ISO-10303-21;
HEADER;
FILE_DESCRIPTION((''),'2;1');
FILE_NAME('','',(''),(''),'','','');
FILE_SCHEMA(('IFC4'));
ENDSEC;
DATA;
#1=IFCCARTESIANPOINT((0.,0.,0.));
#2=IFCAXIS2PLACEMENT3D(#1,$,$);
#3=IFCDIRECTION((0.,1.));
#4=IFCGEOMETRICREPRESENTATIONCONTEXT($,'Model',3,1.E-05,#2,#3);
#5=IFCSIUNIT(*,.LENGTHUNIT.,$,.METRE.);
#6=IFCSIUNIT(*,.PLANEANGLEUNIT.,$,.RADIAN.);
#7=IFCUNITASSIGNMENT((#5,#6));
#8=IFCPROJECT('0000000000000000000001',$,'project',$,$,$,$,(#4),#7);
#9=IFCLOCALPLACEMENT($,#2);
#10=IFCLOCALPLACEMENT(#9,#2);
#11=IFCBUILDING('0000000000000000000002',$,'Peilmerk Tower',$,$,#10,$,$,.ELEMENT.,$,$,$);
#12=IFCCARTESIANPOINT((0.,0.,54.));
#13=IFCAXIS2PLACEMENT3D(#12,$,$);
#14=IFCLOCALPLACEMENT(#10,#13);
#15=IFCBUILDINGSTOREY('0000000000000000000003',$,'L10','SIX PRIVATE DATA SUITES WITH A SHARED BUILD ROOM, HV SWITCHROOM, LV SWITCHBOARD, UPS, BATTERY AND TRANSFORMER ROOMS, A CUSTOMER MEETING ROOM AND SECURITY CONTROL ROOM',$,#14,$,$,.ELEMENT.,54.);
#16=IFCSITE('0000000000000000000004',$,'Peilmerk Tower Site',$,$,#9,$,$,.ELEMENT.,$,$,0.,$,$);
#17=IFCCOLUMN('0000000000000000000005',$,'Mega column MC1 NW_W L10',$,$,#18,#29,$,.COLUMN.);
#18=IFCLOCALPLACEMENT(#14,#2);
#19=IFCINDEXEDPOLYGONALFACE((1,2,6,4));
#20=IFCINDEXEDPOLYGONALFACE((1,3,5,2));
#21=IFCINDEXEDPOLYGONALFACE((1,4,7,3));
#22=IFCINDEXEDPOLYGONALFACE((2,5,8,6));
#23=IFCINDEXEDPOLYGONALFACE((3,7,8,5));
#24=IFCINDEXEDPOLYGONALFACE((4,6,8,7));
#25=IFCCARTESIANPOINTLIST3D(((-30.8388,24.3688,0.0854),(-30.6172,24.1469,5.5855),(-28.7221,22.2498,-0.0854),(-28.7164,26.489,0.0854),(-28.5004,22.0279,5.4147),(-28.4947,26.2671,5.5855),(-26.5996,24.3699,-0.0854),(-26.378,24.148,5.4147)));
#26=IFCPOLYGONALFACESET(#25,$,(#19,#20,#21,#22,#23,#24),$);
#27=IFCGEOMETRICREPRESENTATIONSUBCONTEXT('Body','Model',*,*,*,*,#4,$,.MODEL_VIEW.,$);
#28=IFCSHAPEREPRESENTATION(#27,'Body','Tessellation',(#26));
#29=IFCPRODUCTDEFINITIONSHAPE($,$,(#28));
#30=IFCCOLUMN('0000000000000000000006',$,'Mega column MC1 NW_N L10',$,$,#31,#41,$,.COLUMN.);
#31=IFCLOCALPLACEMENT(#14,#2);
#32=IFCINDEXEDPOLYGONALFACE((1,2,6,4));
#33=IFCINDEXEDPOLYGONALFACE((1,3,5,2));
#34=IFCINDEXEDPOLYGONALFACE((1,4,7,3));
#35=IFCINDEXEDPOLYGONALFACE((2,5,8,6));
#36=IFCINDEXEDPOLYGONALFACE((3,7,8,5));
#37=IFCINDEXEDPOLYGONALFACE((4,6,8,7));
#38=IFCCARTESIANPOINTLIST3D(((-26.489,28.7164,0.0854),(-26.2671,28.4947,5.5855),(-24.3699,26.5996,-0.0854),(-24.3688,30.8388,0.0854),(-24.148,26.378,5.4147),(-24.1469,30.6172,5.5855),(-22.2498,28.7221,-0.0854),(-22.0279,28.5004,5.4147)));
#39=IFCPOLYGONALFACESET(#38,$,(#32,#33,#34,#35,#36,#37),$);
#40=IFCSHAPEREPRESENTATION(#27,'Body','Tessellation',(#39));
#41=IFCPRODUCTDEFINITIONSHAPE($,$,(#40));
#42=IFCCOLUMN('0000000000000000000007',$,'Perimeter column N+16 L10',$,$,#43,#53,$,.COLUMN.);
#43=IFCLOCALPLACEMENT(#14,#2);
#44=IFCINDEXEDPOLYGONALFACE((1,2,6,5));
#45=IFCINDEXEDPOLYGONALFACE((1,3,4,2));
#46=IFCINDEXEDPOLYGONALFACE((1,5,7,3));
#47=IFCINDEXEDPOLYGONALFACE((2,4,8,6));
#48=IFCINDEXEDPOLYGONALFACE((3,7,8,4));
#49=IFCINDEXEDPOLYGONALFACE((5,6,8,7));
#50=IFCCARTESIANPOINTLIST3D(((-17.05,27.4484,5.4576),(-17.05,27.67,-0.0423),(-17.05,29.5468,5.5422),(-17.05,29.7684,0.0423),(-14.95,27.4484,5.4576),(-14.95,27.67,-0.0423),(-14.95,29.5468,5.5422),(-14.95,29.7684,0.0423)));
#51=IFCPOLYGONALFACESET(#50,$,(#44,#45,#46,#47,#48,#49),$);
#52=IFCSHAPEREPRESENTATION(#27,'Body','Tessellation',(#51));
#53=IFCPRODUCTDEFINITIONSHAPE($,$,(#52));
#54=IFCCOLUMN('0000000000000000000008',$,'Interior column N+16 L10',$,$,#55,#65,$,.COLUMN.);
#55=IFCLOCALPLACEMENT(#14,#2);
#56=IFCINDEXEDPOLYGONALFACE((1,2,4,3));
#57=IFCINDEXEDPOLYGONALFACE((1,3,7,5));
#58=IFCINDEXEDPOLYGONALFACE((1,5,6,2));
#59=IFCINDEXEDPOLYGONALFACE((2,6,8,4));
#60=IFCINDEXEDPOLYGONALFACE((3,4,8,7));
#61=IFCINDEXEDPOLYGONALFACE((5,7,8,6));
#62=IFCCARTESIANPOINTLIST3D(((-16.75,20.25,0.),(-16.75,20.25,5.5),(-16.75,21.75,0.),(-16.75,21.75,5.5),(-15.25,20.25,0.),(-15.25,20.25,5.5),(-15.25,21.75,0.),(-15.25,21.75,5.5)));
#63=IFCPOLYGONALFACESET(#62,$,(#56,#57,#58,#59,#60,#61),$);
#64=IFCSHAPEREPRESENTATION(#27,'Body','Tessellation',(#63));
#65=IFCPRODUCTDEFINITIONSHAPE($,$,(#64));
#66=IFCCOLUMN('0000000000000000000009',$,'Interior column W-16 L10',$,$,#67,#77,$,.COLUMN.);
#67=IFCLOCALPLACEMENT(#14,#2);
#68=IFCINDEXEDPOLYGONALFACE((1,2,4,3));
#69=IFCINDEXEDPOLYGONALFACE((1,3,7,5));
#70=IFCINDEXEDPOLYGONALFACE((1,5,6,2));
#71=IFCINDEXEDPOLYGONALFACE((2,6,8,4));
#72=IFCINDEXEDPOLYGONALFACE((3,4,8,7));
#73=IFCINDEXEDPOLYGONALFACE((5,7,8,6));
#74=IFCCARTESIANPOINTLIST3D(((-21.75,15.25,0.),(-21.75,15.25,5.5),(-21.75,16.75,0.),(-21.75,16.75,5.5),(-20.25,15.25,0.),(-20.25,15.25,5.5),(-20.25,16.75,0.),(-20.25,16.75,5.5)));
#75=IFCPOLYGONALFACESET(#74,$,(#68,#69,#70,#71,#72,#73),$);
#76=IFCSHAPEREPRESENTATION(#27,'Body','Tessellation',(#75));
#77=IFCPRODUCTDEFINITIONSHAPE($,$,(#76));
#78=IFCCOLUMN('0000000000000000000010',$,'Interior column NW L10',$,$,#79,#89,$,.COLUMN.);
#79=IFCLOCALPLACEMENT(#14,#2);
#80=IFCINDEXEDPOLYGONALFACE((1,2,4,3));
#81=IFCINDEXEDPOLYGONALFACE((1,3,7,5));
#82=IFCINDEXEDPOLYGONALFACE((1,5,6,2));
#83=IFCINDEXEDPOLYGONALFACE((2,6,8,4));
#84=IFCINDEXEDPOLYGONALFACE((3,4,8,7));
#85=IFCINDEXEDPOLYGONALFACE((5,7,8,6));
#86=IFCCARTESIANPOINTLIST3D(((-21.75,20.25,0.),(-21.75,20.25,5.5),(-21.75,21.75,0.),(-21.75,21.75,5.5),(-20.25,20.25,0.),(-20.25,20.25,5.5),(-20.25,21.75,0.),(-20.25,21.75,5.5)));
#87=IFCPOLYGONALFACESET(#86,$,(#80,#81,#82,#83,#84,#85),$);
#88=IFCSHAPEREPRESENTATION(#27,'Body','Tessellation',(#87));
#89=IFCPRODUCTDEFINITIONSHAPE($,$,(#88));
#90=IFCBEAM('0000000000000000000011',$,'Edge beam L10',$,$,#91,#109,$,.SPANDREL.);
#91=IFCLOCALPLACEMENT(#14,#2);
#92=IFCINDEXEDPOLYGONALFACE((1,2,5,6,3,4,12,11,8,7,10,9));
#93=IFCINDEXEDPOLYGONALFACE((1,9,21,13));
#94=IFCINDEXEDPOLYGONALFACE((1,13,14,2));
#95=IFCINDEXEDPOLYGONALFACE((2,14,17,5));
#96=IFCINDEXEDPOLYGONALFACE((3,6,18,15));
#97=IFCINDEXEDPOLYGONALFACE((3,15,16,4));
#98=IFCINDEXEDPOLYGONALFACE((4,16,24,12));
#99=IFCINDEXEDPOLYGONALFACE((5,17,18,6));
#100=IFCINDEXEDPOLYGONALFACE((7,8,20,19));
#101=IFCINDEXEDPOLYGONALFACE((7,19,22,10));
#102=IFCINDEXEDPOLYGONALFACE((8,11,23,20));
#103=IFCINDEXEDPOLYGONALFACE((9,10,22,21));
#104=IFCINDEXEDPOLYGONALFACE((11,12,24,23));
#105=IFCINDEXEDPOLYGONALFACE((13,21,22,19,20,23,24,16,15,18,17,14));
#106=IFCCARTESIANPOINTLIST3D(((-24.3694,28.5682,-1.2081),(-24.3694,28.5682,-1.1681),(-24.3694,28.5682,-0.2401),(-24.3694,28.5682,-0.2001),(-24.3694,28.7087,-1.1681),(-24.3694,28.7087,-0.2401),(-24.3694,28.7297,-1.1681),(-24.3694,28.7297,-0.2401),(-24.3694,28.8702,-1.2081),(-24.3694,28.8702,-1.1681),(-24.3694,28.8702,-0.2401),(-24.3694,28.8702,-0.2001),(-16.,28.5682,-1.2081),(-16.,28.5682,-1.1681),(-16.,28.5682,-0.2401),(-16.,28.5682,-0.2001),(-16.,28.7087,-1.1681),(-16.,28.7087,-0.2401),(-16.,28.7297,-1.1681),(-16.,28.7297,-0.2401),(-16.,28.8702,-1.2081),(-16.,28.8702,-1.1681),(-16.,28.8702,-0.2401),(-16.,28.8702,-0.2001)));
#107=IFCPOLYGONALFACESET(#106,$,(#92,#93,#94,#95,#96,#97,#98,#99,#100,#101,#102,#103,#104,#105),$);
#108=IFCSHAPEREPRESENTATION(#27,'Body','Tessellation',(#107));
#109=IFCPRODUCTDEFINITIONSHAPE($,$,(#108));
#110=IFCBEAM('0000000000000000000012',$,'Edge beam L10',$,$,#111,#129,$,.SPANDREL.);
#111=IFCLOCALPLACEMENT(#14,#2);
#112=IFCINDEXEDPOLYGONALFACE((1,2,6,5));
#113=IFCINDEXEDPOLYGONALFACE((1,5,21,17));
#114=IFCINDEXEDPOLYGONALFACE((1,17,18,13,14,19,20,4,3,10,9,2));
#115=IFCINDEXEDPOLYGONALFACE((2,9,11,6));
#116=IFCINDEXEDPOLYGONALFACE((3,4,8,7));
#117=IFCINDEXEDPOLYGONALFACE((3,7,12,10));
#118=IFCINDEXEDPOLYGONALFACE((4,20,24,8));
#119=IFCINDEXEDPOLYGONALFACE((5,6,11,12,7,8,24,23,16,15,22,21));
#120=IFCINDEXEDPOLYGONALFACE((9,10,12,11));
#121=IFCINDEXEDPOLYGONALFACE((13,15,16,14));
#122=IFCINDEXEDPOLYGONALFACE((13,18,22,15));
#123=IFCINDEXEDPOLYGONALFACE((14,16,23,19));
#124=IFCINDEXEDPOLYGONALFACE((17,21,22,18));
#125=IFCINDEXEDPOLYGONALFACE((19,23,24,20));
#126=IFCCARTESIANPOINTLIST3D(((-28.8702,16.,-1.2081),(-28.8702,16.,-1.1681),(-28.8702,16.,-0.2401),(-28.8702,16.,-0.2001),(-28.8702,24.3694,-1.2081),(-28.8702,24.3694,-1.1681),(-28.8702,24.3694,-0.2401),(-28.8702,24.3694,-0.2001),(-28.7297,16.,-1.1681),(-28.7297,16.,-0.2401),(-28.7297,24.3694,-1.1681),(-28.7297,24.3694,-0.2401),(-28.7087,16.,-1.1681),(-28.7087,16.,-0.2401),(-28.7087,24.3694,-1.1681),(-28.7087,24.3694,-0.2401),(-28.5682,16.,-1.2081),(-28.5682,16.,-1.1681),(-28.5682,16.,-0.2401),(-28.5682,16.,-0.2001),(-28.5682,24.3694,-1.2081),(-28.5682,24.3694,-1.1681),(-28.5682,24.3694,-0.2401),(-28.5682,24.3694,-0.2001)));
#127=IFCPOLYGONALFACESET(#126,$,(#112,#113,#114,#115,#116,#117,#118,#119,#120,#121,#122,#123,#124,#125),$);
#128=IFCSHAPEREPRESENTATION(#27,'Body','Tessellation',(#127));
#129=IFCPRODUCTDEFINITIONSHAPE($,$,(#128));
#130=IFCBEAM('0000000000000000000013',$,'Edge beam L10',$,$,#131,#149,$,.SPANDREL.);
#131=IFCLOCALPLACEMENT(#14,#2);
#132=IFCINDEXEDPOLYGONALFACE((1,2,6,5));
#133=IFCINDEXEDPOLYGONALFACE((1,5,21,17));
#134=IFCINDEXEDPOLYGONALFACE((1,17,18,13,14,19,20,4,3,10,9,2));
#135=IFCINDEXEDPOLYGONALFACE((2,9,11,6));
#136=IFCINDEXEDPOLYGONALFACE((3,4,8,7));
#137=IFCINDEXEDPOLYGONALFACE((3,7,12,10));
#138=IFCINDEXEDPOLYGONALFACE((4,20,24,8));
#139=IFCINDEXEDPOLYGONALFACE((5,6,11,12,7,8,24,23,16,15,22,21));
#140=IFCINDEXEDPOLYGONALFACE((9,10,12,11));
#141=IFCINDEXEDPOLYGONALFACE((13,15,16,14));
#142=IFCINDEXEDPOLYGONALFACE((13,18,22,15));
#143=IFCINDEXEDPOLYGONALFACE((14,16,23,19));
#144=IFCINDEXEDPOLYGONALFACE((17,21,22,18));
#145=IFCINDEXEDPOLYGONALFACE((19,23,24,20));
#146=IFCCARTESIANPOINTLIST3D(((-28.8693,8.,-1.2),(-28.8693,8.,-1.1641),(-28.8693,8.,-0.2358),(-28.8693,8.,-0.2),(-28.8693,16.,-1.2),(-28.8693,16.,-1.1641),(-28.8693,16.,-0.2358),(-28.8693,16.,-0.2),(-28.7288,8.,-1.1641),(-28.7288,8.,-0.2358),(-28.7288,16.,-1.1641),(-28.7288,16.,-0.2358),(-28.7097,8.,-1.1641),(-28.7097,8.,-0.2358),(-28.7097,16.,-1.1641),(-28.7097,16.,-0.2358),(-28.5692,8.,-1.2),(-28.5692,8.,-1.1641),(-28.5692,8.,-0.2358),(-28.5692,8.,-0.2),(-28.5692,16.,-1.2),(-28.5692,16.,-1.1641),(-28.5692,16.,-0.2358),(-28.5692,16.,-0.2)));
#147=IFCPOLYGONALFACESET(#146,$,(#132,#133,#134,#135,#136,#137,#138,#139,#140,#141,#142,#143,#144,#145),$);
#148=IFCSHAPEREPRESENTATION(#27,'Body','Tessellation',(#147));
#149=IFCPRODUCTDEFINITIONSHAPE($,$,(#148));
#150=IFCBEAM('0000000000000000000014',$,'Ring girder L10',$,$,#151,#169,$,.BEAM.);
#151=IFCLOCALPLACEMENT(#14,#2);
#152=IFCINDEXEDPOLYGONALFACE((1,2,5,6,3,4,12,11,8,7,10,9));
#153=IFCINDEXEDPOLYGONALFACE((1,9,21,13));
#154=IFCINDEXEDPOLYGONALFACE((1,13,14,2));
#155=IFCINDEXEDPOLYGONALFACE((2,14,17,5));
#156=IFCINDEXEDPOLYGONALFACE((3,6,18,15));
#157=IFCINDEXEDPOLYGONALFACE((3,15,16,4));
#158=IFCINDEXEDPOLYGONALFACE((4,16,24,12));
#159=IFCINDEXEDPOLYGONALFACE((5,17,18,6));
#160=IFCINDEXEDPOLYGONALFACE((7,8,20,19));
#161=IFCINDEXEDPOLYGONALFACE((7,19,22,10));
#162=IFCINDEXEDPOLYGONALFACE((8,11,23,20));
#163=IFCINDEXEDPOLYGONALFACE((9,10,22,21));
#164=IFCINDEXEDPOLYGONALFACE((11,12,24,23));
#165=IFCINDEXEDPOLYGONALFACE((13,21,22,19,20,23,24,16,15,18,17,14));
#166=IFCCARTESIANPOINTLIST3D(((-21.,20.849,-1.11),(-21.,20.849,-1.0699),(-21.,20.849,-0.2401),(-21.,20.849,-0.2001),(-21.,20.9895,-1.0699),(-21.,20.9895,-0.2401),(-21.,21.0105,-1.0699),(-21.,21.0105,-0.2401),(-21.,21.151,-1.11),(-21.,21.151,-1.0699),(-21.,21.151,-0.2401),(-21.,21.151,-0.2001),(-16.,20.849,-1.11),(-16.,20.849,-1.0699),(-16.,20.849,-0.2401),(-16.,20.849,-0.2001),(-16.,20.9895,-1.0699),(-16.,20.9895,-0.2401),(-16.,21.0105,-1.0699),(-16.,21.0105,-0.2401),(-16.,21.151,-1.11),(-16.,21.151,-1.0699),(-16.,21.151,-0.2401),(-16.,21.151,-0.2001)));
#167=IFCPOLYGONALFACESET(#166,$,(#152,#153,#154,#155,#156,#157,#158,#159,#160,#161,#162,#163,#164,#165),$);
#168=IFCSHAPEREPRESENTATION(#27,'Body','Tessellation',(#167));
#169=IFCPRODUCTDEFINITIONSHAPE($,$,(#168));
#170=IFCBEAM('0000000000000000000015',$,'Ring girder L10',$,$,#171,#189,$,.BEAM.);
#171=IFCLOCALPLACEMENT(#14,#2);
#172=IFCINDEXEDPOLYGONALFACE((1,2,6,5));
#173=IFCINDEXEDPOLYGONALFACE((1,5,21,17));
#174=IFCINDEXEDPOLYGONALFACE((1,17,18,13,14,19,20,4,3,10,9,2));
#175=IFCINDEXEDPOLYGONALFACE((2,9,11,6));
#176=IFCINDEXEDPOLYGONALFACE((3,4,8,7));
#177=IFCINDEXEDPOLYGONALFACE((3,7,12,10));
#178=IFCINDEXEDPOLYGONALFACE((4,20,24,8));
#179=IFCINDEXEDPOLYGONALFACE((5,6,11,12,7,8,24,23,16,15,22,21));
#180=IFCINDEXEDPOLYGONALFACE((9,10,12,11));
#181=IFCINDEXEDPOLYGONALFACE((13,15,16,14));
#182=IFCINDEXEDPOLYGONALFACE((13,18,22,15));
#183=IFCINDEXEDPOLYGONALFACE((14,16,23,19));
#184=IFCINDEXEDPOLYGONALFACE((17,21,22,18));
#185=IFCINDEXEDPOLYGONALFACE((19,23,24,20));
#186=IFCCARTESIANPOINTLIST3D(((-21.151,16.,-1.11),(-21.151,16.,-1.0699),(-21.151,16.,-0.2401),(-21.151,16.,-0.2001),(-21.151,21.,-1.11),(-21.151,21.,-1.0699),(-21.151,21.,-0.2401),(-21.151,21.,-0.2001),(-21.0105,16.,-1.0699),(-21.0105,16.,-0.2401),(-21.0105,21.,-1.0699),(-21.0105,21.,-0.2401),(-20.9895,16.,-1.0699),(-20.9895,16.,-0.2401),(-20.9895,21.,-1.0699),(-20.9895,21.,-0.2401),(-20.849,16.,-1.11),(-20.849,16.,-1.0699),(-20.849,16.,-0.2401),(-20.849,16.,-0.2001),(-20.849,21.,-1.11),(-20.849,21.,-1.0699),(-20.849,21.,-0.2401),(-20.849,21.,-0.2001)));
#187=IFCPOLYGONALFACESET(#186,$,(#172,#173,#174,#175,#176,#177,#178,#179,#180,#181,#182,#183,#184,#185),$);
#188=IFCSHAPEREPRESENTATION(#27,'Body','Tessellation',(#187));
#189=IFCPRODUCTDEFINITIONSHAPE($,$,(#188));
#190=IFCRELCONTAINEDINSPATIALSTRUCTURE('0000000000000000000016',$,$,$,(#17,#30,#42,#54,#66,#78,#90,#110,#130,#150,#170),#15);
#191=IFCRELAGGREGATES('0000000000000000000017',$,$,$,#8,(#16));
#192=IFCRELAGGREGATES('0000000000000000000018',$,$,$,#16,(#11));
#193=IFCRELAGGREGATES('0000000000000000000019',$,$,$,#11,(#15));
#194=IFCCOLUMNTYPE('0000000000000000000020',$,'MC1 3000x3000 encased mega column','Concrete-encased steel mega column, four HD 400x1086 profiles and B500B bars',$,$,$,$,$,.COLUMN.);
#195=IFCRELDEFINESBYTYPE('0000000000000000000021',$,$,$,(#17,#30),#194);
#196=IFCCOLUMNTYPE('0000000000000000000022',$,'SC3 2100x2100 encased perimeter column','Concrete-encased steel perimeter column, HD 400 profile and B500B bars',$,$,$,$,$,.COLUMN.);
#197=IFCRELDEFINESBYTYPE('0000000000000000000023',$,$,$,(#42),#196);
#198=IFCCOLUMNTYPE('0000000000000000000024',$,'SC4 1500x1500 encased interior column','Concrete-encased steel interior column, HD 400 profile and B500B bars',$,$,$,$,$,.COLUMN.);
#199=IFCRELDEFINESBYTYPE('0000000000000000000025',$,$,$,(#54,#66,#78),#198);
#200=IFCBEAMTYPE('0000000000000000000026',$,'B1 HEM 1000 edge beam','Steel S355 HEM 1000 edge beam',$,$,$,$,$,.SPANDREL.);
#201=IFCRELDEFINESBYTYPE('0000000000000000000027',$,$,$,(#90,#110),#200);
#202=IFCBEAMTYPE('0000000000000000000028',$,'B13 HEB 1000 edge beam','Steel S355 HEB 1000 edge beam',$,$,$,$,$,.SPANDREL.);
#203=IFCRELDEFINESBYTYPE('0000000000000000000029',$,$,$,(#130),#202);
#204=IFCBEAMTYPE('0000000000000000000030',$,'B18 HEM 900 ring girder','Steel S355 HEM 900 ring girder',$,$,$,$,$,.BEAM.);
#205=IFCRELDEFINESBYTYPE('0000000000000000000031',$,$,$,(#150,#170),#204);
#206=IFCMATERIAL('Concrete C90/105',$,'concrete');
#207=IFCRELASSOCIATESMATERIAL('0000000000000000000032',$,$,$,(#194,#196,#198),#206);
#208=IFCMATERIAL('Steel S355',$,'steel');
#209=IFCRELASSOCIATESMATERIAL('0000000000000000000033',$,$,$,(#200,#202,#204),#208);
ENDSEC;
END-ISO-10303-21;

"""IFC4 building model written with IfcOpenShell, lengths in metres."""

from ifc_helpers import new_model, si_unit, direction, frame, origin, origin_2d, place, context, subcontext, project, spatial, rectangle, i_section, extrude, material, material_profile, profile_set, type_object, element, save


model = new_model("IFC4")

# Units and contexts
model_context = context("Model", 3, precision=1e-05, world=origin(), true_north=direction((0.0, 1.0)))
body_context = subcontext(model_context, "Body", "Model", "MODEL_VIEW")
ifc_project = project(units=[si_unit("LENGTHUNIT", "METRE"), si_unit("PLANEANGLEUNIT", "RADIAN")], contexts=[model_context])

# Site, building, storey
site_placement = place(None, origin())
site = spatial("IfcSite", under=ifc_project, at=site_placement, Name="Peilmerk Tower Site", CompositionType="ELEMENT", RefElevation=0.0)
building_placement = place(site_placement, origin())
building = spatial("IfcBuilding", under=site, at=building_placement, Name="Peilmerk Tower", CompositionType="ELEMENT")
storey_placement = place(building_placement, frame((0.0, 0.0, 54.0)))
storey = spatial("IfcBuildingStorey", under=building, at=storey_placement, Name="L10", Description="SIX PRIVATE DATA SUITES WITH A SHARED BUILD ROOM, HV SWITCHROOM, LV SWITCHBOARD, UPS, BATTERY AND TRANSFORMER ROOMS, A CUSTOMER MEETING ROOM AND SECURITY CONTROL ROOM", CompositionType="ELEMENT", Elevation=54.0)

# Columns
ifc_material_1 = material(Name="Concrete C90/105", Category="concrete")
ifc_material_profile_1 = material_profile(ifc_material_1, rectangle(XDim=3.0, YDim=3.0, at=origin_2d()), Name="RC 3000x3000")
ifc_profile_set_1 = profile_set([ifc_material_profile_1], Name="Concrete C90/105")
column_type_1 = type_object("IfcColumnType", Name="MC1 3000x3000 encased mega column", Description="Concrete-encased steel mega column, four HD 400x1086 profiles and B500B bars", PredefinedType="COLUMN", material=ifc_profile_set_1)
for number, where, z_axis, x_axis, name in (
    (1, (-28.7192, 24.3694, 0.0), (0.04024, -0.040284, 0.998378), (0.707496, 0.706718, 0.0), "Mega column MC1 NW_W L10"),
    (2, (-24.3694, 28.7192, 0.0), (0.040284, -0.04024, 0.998378), (0.706718, 0.707496, 0.0), "Mega column MC1 NW_N L10"),
):
    element("IfcColumn", number, at=place(storey_placement, frame(where, z_axis=z_axis, x_axis=x_axis)), inside=storey, type_object=column_type_1, Name=name, PredefinedType="COLUMN", context=body_context, shape_type="SweptSolid", body=[
        extrude(rectangle(XDim=3.0, YDim=3.0, at=origin_2d()), origin(), (0.0, 0.0, 1.0), 5.509),
    ])
ifc_material_profile_2 = material_profile(ifc_material_1, rectangle(XDim=2.1001, YDim=2.1001, at=origin_2d()), Name="RC 2100x2100")
ifc_profile_set_2 = profile_set([ifc_material_profile_2], Name="Concrete C90/105")
column_type_2 = type_object("IfcColumnType", Name="SC3 2100x2100 encased perimeter column", Description="Concrete-encased steel perimeter column, HD 400 profile and B500B bars", PredefinedType="COLUMN", material=ifc_profile_set_2)
column_placement = place(storey_placement, frame((-16.0, 28.7192, 0.0), z_axis=(0.0, -0.040273, 0.999189), x_axis=(1.0, 0.0, 0.0)))
element("IfcColumn", 3, at=column_placement, inside=storey, type_object=column_type_2, Name="Perimeter column N+16 L10", PredefinedType="COLUMN", context=body_context, shape_type="SweptSolid", body=[
    extrude(rectangle(XDim=2.1001, YDim=2.1001, at=origin_2d()), origin(), (0.0, 0.0, 1.0), 5.5044),
])
ifc_material_profile_3 = material_profile(ifc_material_1, rectangle(XDim=1.5, YDim=1.5, at=origin_2d()), Name="RC 1500x1500")
ifc_profile_set_3 = profile_set([ifc_material_profile_3], Name="Concrete C90/105")
column_type_3 = type_object("IfcColumnType", Name="SC4 1500x1500 encased interior column", Description="Concrete-encased steel interior column, HD 400 profile and B500B bars", PredefinedType="COLUMN", material=ifc_profile_set_3)
for number, where, z_axis, x_axis, name in (
    (4, (-16.0, 21.0, 0.0), (0.0, 0.0, 1.0), (1.0, 0.0, 0.0), "Interior column N+16 L10"),
    (5, (-21.0, 16.0, 0.0), (0.0, 0.0, 1.0), (1.0, 0.0, 0.0), "Interior column W-16 L10"),
    (6, (-21.0, 21.0, 0.0), (0.0, 0.0, 1.0), (1.0, 0.0, 0.0), "Interior column NW L10"),
):
    element("IfcColumn", number, at=place(storey_placement, frame(where, z_axis=z_axis, x_axis=x_axis)), inside=storey, type_object=column_type_3, Name=name, PredefinedType="COLUMN", context=body_context, shape_type="SweptSolid", body=[
        extrude(rectangle(XDim=1.5, YDim=1.5, at=origin_2d()), origin(), (0.0, 0.0, 1.0), 5.5),
    ])

# Beams
ifc_material_2 = material(Name="Steel S355", Category="steel")
ifc_material_profile_4 = material_profile(ifc_material_2, i_section(OverallWidth=0.302, OverallDepth=1.0081, WebThickness=0.021, FlangeThickness=0.04, at=origin_2d()), Name="HEM 1000")
ifc_profile_set_4 = profile_set([ifc_material_profile_4], Name="Steel S355")
beam_type_1 = type_object("IfcBeamType", Name="B1 HEM 1000 edge beam", Description="Steel S355 HEM 1000 edge beam", PredefinedType="SPANDREL", material=ifc_profile_set_4)
for number, where, z_axis, x_axis, name in (
    (7, (-16.0, 28.7192, -0.7041), (-1.0, 0.0, 0.0), (0.0, -1.0, 0.0), "Edge beam L10"),
    (8, (-28.7192, 24.3694, -0.7041), (0.0, -1.0, 0.0), (1.0, 0.0, 0.0), "Edge beam L10"),
):
    element("IfcBeam", number, at=place(storey_placement, frame(where, z_axis=z_axis, x_axis=x_axis)), inside=storey, type_object=beam_type_1, Name=name, PredefinedType="SPANDREL", context=body_context, shape_type="SweptSolid", body=[
        extrude(i_section(OverallWidth=0.302, OverallDepth=1.0081, WebThickness=0.021, FlangeThickness=0.04, at=origin_2d()), origin(), (0.0, 0.0, 1.0), 8.3694),
    ])
ifc_material_profile_5 = material_profile(ifc_material_2, i_section(OverallWidth=0.3, OverallDepth=1.0, WebThickness=0.019, FlangeThickness=0.0359, at=origin_2d()), Name="HEB 1000")
ifc_profile_set_5 = profile_set([ifc_material_profile_5], Name="Steel S355")
beam_type_2 = type_object("IfcBeamType", Name="B13 HEB 1000 edge beam", Description="Steel S355 HEB 1000 edge beam", PredefinedType="SPANDREL", material=ifc_profile_set_5)
beam_1_placement = place(storey_placement, frame((-28.7192, 16.0, -0.7), z_axis=(0.0, -1.0, 0.0), x_axis=(1.0, 0.0, 0.0)))
element("IfcBeam", 9, at=beam_1_placement, inside=storey, type_object=beam_type_2, Name="Edge beam L10", PredefinedType="SPANDREL", context=body_context, shape_type="SweptSolid", body=[
    extrude(i_section(OverallWidth=0.3, OverallDepth=1.0, WebThickness=0.019, FlangeThickness=0.0359, at=origin_2d()), origin(), (0.0, 0.0, 1.0), 8.0),
])
ifc_material_profile_6 = material_profile(ifc_material_2, i_section(OverallWidth=0.302, OverallDepth=0.9099, WebThickness=0.021, FlangeThickness=0.04, at=origin_2d()), Name="HEM 900")
ifc_profile_set_6 = profile_set([ifc_material_profile_6], Name="Steel S355")
beam_type_3 = type_object("IfcBeamType", Name="B18 HEM 900 ring girder", Description="Steel S355 HEM 900 ring girder", PredefinedType="BEAM", material=ifc_profile_set_6)
for number, where, z_axis, x_axis, name in (
    (10, (-16.0, 21.0, -0.655), (-1.0, 0.0, 0.0), (0.0, -1.0, 0.0), "Ring girder L10"),
    (11, (-21.0, 21.0, -0.655), (0.0, -1.0, 0.0), (1.0, 0.0, 0.0), "Ring girder L10"),
):
    element("IfcBeam", number, at=place(storey_placement, frame(where, z_axis=z_axis, x_axis=x_axis)), inside=storey, type_object=beam_type_3, Name=name, PredefinedType="BEAM", context=body_context, shape_type="SweptSolid", body=[
        extrude(i_section(OverallWidth=0.302, OverallDepth=0.9099, WebThickness=0.021, FlangeThickness=0.04, at=origin_2d()), origin(), (0.0, 0.0, 1.0), 5.0),
    ])

save(model, "model.ifc")
